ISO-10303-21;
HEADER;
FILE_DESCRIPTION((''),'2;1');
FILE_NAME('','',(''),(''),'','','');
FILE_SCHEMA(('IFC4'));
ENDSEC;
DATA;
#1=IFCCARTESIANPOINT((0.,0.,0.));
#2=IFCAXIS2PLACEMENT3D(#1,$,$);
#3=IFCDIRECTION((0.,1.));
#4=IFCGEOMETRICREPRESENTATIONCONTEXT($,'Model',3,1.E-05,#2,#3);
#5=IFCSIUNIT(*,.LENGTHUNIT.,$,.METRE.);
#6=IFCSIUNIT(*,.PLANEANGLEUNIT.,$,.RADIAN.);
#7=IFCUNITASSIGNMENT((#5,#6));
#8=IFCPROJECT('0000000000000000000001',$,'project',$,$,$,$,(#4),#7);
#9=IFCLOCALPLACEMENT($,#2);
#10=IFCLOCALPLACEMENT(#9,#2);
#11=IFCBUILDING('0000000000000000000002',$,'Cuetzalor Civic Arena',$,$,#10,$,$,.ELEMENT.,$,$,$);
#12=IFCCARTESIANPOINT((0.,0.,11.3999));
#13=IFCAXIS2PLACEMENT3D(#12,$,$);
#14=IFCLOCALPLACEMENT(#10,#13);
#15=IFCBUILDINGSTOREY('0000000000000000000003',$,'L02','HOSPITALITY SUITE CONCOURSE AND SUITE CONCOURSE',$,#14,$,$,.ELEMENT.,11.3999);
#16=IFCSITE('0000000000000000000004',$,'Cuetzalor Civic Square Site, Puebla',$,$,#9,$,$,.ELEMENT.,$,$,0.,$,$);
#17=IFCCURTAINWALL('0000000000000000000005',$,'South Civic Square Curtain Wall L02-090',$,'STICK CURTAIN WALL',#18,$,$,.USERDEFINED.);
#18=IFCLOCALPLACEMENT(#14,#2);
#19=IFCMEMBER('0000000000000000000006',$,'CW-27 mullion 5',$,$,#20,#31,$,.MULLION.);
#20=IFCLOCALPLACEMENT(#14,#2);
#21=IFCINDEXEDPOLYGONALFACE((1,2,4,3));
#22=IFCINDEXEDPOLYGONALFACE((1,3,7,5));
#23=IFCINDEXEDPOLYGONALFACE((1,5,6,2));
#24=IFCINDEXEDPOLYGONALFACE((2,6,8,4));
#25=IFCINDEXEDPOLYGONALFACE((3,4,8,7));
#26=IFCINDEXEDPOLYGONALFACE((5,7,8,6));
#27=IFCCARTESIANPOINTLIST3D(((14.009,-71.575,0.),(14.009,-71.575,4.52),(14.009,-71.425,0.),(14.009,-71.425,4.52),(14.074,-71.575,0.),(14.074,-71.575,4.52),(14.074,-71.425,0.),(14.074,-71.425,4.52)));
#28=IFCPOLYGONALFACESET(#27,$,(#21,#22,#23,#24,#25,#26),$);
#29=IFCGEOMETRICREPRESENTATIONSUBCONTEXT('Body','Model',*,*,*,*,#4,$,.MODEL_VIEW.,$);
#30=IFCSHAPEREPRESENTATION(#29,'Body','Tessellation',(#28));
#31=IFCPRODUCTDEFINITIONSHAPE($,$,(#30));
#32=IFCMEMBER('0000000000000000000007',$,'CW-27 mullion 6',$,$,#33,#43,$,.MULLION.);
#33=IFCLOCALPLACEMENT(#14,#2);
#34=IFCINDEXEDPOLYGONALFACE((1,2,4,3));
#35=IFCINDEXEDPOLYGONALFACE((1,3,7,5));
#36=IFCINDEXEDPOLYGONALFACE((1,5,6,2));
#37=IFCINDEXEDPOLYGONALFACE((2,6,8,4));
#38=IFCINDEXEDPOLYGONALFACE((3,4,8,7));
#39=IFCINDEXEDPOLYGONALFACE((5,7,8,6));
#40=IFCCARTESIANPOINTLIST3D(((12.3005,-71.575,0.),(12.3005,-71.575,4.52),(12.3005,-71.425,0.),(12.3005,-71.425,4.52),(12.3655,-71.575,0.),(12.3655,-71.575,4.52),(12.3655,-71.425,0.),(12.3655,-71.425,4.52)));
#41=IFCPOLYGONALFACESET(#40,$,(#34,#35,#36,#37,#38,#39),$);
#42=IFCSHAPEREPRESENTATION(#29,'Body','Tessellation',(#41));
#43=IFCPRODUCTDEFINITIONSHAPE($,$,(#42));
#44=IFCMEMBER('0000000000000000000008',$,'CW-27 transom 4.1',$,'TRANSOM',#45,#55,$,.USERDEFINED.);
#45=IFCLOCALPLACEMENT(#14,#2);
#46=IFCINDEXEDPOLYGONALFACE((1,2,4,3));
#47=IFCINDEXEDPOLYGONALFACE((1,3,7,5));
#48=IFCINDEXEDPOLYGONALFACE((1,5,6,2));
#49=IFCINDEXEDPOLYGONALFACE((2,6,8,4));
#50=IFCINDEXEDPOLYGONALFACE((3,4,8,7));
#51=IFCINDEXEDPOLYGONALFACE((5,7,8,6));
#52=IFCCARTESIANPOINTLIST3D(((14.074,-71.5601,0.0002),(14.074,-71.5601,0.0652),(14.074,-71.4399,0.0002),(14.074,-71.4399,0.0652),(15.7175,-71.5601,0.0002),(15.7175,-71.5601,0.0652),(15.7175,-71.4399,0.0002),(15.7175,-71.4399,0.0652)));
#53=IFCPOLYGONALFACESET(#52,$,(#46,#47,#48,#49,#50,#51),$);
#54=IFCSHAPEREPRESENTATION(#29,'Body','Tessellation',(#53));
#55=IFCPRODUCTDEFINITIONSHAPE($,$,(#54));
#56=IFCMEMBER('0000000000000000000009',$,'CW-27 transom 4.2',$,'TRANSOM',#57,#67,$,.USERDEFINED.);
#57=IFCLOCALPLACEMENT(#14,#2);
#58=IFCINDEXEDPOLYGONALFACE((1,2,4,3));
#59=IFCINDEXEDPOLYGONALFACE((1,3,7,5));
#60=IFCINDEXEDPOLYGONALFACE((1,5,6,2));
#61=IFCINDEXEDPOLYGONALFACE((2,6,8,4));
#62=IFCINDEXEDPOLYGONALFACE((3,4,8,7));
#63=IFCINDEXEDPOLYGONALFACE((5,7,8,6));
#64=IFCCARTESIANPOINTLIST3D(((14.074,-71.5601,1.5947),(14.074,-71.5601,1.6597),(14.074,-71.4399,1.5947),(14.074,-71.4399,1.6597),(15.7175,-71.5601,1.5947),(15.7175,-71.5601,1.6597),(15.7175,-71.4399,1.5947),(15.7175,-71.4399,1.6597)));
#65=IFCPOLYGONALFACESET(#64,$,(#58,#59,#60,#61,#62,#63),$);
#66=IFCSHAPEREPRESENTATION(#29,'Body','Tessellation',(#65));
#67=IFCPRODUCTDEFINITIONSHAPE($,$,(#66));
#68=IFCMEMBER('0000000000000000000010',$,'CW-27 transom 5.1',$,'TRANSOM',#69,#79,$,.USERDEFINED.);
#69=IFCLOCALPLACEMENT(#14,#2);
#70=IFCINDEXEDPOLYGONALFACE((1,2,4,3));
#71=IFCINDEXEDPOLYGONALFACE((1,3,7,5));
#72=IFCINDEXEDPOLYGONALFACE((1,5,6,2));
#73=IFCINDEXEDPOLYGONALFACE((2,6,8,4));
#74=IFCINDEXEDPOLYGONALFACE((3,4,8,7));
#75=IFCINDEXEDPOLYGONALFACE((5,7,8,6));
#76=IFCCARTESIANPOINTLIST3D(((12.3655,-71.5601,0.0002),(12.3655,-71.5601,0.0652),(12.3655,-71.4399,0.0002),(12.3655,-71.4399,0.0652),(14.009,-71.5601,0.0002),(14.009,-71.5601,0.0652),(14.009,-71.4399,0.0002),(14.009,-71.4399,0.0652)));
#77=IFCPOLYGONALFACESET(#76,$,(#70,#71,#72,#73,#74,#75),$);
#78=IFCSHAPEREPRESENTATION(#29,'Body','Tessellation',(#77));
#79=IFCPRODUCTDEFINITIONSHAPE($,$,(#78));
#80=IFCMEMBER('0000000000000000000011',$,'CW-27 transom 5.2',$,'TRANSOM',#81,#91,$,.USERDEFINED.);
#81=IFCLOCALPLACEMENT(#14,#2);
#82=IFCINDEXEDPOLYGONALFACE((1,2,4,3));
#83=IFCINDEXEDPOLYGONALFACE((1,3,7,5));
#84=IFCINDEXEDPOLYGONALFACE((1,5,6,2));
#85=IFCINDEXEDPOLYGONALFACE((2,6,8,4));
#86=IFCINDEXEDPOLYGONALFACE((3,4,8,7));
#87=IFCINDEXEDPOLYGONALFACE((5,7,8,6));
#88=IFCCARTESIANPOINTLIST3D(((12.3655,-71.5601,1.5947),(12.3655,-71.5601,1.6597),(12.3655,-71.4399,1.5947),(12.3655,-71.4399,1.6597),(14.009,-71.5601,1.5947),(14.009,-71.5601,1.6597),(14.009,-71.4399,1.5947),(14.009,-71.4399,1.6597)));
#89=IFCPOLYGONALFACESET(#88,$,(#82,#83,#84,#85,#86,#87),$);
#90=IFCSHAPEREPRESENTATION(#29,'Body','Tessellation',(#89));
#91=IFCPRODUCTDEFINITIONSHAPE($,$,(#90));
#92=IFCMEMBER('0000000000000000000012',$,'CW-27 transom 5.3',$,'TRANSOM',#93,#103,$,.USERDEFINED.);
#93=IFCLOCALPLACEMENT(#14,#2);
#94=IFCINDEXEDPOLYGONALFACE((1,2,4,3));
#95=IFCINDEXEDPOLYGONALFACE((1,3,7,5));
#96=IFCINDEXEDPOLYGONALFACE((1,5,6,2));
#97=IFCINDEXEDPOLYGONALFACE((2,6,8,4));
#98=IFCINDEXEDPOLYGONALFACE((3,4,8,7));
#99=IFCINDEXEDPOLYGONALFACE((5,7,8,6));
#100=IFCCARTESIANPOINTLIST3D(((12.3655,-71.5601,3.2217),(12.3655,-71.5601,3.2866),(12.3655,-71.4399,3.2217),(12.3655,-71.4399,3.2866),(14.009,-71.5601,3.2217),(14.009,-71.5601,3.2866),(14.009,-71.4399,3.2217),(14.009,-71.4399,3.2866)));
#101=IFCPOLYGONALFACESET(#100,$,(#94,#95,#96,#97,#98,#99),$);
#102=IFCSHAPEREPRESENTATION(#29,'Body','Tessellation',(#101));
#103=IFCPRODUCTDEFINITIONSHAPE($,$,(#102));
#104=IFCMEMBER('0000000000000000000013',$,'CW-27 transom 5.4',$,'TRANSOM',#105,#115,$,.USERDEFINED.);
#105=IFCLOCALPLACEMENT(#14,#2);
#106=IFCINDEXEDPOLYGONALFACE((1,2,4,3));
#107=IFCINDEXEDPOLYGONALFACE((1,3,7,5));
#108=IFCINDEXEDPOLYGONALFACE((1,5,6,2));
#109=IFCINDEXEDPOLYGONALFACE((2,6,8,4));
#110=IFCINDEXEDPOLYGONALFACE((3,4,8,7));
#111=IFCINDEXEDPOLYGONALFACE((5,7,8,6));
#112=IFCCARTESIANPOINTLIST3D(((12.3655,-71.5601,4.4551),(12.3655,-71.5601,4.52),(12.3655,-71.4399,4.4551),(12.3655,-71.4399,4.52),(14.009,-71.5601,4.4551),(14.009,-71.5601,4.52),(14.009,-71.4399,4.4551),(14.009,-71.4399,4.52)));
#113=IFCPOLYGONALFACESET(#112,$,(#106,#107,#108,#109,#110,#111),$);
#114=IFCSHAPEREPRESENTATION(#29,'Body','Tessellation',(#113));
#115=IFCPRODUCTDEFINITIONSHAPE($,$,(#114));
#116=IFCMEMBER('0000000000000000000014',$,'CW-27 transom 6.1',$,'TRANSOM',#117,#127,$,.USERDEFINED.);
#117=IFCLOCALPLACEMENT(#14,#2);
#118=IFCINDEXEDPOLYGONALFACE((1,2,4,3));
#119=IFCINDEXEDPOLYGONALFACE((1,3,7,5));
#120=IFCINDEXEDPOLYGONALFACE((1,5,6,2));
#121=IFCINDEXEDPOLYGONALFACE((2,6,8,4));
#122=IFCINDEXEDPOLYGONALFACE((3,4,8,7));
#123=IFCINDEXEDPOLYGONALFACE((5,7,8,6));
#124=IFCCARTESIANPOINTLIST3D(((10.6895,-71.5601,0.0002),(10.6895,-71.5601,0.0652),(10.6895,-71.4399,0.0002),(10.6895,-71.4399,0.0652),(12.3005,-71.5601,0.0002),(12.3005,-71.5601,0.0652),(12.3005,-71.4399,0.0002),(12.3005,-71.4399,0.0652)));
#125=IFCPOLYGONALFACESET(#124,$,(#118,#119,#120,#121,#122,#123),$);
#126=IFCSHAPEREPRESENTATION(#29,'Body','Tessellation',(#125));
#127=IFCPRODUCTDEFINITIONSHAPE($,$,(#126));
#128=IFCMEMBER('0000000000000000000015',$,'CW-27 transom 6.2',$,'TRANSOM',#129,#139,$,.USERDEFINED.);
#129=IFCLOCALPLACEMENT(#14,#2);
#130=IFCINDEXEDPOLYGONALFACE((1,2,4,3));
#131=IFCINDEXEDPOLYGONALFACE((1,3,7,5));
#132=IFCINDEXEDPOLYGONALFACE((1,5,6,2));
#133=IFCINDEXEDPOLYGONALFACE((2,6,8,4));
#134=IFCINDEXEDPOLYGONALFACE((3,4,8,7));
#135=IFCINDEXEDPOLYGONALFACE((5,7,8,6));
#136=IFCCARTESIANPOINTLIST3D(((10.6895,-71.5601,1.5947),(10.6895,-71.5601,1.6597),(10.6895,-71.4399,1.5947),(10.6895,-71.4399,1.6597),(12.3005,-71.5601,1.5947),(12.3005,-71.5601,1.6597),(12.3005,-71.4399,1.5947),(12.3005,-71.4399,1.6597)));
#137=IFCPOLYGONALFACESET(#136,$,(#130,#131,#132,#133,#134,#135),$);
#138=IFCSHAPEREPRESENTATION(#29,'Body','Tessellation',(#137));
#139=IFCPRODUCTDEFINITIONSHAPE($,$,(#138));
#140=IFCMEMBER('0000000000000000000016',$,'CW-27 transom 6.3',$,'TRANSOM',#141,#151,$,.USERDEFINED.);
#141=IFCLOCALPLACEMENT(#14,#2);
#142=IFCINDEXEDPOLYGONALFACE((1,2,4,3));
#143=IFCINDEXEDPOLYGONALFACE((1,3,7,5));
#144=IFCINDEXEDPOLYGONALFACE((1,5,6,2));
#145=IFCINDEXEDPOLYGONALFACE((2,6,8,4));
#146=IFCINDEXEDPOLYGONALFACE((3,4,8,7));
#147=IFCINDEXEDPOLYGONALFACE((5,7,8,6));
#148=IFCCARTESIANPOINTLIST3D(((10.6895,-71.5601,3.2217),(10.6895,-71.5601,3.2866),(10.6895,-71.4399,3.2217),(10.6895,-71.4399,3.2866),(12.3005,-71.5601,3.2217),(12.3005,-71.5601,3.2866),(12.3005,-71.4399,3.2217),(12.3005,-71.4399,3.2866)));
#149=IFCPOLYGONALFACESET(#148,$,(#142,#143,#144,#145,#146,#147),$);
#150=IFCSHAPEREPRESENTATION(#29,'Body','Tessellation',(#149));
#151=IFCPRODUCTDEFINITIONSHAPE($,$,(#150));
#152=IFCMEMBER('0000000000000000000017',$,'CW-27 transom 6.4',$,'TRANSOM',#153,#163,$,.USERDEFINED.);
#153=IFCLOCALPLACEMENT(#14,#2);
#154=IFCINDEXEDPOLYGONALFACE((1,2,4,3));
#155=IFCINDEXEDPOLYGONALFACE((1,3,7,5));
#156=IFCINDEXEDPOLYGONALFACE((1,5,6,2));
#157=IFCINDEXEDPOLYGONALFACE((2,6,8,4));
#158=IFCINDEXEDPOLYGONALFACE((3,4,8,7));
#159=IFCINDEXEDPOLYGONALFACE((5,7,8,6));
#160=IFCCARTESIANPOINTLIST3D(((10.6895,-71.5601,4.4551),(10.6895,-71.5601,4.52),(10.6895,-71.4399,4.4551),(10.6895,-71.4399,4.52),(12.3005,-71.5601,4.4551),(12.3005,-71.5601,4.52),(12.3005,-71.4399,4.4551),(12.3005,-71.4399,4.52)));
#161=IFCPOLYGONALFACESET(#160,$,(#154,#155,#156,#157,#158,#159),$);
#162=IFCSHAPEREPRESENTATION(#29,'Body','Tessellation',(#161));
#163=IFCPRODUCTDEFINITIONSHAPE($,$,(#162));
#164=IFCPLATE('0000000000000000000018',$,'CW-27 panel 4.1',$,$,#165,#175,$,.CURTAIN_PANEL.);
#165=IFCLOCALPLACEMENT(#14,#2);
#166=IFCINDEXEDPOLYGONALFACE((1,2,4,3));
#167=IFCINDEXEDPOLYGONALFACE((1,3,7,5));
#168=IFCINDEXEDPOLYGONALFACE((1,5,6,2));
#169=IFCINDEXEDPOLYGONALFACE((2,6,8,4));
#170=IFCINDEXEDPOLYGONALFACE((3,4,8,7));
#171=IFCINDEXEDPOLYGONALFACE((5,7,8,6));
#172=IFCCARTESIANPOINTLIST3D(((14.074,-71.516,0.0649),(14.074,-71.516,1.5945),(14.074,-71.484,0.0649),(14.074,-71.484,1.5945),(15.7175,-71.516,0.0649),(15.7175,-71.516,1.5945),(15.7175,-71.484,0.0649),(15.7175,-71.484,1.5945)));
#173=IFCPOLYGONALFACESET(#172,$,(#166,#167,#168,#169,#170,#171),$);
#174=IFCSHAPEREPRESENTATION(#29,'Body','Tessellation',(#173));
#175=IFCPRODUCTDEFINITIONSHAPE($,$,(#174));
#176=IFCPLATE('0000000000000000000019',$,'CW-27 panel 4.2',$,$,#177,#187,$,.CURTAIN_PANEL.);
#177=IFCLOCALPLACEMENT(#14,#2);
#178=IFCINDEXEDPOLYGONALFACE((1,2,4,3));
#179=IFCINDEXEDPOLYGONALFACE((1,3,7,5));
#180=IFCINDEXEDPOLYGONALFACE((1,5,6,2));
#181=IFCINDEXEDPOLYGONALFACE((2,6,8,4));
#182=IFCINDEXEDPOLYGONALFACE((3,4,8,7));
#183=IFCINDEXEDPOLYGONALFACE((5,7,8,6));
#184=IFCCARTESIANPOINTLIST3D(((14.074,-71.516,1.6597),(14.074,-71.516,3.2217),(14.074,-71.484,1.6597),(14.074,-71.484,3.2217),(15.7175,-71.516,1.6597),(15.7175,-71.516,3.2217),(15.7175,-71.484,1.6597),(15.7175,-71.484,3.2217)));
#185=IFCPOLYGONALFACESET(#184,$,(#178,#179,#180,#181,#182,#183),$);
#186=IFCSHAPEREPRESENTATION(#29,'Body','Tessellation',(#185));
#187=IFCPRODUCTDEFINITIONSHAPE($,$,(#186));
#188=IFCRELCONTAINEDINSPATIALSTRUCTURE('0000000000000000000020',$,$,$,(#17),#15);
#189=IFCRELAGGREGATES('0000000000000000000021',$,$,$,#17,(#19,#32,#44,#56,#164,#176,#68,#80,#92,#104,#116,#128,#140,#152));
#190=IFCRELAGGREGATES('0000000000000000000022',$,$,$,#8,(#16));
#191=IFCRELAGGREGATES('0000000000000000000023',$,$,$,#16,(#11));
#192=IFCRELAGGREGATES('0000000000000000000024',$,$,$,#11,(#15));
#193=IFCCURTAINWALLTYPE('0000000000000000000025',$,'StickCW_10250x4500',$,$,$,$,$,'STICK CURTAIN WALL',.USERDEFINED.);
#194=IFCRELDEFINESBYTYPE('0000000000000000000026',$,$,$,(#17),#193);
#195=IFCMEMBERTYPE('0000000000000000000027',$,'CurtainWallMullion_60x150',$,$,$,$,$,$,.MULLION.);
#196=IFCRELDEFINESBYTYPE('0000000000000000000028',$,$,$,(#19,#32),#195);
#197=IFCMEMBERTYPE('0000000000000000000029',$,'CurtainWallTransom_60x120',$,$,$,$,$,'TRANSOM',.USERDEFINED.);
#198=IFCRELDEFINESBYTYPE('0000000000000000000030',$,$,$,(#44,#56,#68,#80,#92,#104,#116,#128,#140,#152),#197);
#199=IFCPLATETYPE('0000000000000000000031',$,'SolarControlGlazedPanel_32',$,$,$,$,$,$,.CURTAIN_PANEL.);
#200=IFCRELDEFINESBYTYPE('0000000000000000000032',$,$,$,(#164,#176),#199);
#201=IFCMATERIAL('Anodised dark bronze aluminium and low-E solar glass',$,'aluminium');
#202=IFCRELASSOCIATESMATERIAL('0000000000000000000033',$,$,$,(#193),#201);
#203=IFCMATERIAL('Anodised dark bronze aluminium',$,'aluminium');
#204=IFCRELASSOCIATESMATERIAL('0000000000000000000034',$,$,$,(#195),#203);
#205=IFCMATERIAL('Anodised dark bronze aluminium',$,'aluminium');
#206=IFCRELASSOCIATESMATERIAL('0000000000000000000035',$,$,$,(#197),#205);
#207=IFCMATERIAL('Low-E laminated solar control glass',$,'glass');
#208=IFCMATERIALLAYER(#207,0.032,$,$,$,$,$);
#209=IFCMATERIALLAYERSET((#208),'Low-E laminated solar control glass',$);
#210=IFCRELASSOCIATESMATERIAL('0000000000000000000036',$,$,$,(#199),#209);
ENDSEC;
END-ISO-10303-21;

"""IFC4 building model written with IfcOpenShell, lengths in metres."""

from ifc_helpers import new_model, si_unit, direction, frame, origin, origin_2d, place, context, subcontext, project, spatial, rectangle, extrude, material, layer, layer_set, material_profile, profile_set, type_object, element, aggregate, save


model = new_model("IFC4")

# Units and contexts
model_context = context("Model", 3, precision=1e-05, world=origin(), true_north=direction((0.0, 1.0)))
body_context = subcontext(model_context, "Body", "Model", "MODEL_VIEW")
ifc_project = project(units=[si_unit("LENGTHUNIT", "METRE"), si_unit("PLANEANGLEUNIT", "RADIAN")], contexts=[model_context])

# Site, building, storey
site_placement = place(None, origin())
site = spatial("IfcSite", under=ifc_project, at=site_placement, Name="Cuetzalor Civic Square Site, Puebla", CompositionType="ELEMENT", RefElevation=0.0)
building_placement = place(site_placement, origin())
building = spatial("IfcBuilding", under=site, at=building_placement, Name="Cuetzalor Civic Arena", CompositionType="ELEMENT")
storey_placement = place(building_placement, frame((0.0, 0.0, 11.3999)))
storey = spatial("IfcBuildingStorey", under=building, at=storey_placement, Name="L02", Description="HOSPITALITY SUITE CONCOURSE AND SUITE CONCOURSE", CompositionType="ELEMENT", Elevation=11.3999)

# Curtain wall, members, plates
ifc_material_1 = material(Name="Anodised dark bronze aluminium and low-E solar glass", Category="aluminium")
curtain_wall_type = type_object("IfcCurtainWallType", Name="StickCW_10250x4500", ElementType="STICK CURTAIN WALL", PredefinedType="USERDEFINED", material=ifc_material_1)
curtain_wall_placement = place(storey_placement, origin())
curtain_wall = element("IfcCurtainWall", 1, at=curtain_wall_placement, inside=storey, type_object=curtain_wall_type, Name="South Civic Square Curtain Wall L02-090", ObjectType="STICK CURTAIN WALL", PredefinedType="USERDEFINED")
ifc_material_2 = material(Name="Anodised dark bronze aluminium", Category="aluminium")
ifc_material_profile_1 = material_profile(ifc_material_2, rectangle(XDim=0.0649, YDim=0.1499, at=origin_2d()), Name="ALU MULLION 65x150")
ifc_profile_set_1 = profile_set([ifc_material_profile_1], Name="Anodised dark bronze aluminium")
member_type_1 = type_object("IfcMemberType", Name="CurtainWallMullion_60x150", PredefinedType="MULLION", material=ifc_profile_set_1)
member_1_placement = place(storey_placement, frame((14.0415, -71.5, 0.0), z_axis=(0.0, 0.0, 1.0), x_axis=(-1.0, 0.0, 0.0)))
member_1 = element("IfcMember", 2, at=member_1_placement, type_object=member_type_1, Name="CW-27 mullion 5", PredefinedType="MULLION", context=body_context, shape_type="SweptSolid", body=[
    extrude(rectangle(XDim=0.0649, YDim=0.1499, at=origin_2d()), origin(), (0.0, 0.0, 1.0), 4.52),
])
member_2_placement = place(storey_placement, frame((12.333, -71.5, 0.0), z_axis=(0.0, 0.0, 1.0), x_axis=(-1.0, 0.0, 0.0)))
member_2 = element("IfcMember", 3, at=member_2_placement, type_object=member_type_1, Name="CW-27 mullion 6", PredefinedType="MULLION", context=body_context, shape_type="SweptSolid", body=[
    extrude(rectangle(XDim=0.0649, YDim=0.1499, at=origin_2d()), origin(), (0.0, 0.0, 1.0), 4.52),
])
ifc_material_3 = material(Name="Anodised dark bronze aluminium", Category="aluminium")
ifc_material_profile_2 = material_profile(ifc_material_3, rectangle(XDim=0.1201, YDim=0.0649, at=origin_2d()), Name="ALU TRANSOM 65x120")
ifc_profile_set_2 = profile_set([ifc_material_profile_2], Name="Anodised dark bronze aluminium")
member_type_2 = type_object("IfcMemberType", Name="CurtainWallTransom_60x120", ElementType="TRANSOM", PredefinedType="USERDEFINED", material=ifc_profile_set_2)
member_3_placement = place(storey_placement, frame((15.7175, -71.5, 0.0327), z_axis=(-1.0, 0.0, 0.0), x_axis=(0.0, -1.0, 0.0)))
member_3 = element("IfcMember", 4, at=member_3_placement, type_object=member_type_2, Name="CW-27 transom 4.1", ObjectType="TRANSOM", PredefinedType="USERDEFINED", context=body_context, shape_type="SweptSolid", body=[
    extrude(rectangle(XDim=0.1201, YDim=0.0649, at=origin_2d()), origin(), (0.0, 0.0, 1.0), 1.6436),
])
member_4_placement = place(storey_placement, frame((15.7175, -71.5, 1.6272), z_axis=(-1.0, 0.0, 0.0), x_axis=(0.0, -1.0, 0.0)))
member_4 = element("IfcMember", 5, at=member_4_placement, type_object=member_type_2, Name="CW-27 transom 4.2", ObjectType="TRANSOM", PredefinedType="USERDEFINED", context=body_context, shape_type="SweptSolid", body=[
    extrude(rectangle(XDim=0.1201, YDim=0.0649, at=origin_2d()), origin(), (0.0, 0.0, 1.0), 1.6436),
])
member_5_placement = place(storey_placement, frame((14.009, -71.5, 0.0327), z_axis=(-1.0, 0.0, 0.0), x_axis=(0.0, -1.0, 0.0)))
member_5 = element("IfcMember", 6, at=member_5_placement, type_object=member_type_2, Name="CW-27 transom 5.1", ObjectType="TRANSOM", PredefinedType="USERDEFINED", context=body_context, shape_type="SweptSolid", body=[
    extrude(rectangle(XDim=0.1201, YDim=0.0649, at=origin_2d()), origin(), (0.0, 0.0, 1.0), 1.6436),
])
member_6_placement = place(storey_placement, frame((14.009, -71.5, 1.6272), z_axis=(-1.0, 0.0, 0.0), x_axis=(0.0, -1.0, 0.0)))
member_6 = element("IfcMember", 7, at=member_6_placement, type_object=member_type_2, Name="CW-27 transom 5.2", ObjectType="TRANSOM", PredefinedType="USERDEFINED", context=body_context, shape_type="SweptSolid", body=[
    extrude(rectangle(XDim=0.1201, YDim=0.0649, at=origin_2d()), origin(), (0.0, 0.0, 1.0), 1.6436),
])
member_7_placement = place(storey_placement, frame((14.009, -71.5, 3.2542), z_axis=(-1.0, 0.0, 0.0), x_axis=(0.0, -1.0, 0.0)))
member_7 = element("IfcMember", 8, at=member_7_placement, type_object=member_type_2, Name="CW-27 transom 5.3", ObjectType="TRANSOM", PredefinedType="USERDEFINED", context=body_context, shape_type="SweptSolid", body=[
    extrude(rectangle(XDim=0.1201, YDim=0.0649, at=origin_2d()), origin(), (0.0, 0.0, 1.0), 1.6436),
])
member_8_placement = place(storey_placement, frame((14.009, -71.5, 4.4875), z_axis=(-1.0, 0.0, 0.0), x_axis=(0.0, -1.0, 0.0)))
member_8 = element("IfcMember", 9, at=member_8_placement, type_object=member_type_2, Name="CW-27 transom 5.4", ObjectType="TRANSOM", PredefinedType="USERDEFINED", context=body_context, shape_type="SweptSolid", body=[
    extrude(rectangle(XDim=0.1201, YDim=0.0649, at=origin_2d()), origin(), (0.0, 0.0, 1.0), 1.6436),
])
member_9_placement = place(storey_placement, frame((12.3005, -71.5, 0.0327), z_axis=(-1.0, 0.0, 0.0), x_axis=(0.0, -1.0, 0.0)))
member_9 = element("IfcMember", 10, at=member_9_placement, type_object=member_type_2, Name="CW-27 transom 6.1", ObjectType="TRANSOM", PredefinedType="USERDEFINED", context=body_context, shape_type="SweptSolid", body=[
    extrude(rectangle(XDim=0.1201, YDim=0.0649, at=origin_2d()), origin(), (0.0, 0.0, 1.0), 1.6111),
])
member_10_placement = place(storey_placement, frame((12.3005, -71.5, 1.6272), z_axis=(-1.0, 0.0, 0.0), x_axis=(0.0, -1.0, 0.0)))
member_10 = element("IfcMember", 11, at=member_10_placement, type_object=member_type_2, Name="CW-27 transom 6.2", ObjectType="TRANSOM", PredefinedType="USERDEFINED", context=body_context, shape_type="SweptSolid", body=[
    extrude(rectangle(XDim=0.1201, YDim=0.0649, at=origin_2d()), origin(), (0.0, 0.0, 1.0), 1.6111),
])
member_11_placement = place(storey_placement, frame((12.3005, -71.5, 3.2542), z_axis=(-1.0, 0.0, 0.0), x_axis=(0.0, -1.0, 0.0)))
member_11 = element("IfcMember", 12, at=member_11_placement, type_object=member_type_2, Name="CW-27 transom 6.3", ObjectType="TRANSOM", PredefinedType="USERDEFINED", context=body_context, shape_type="SweptSolid", body=[
    extrude(rectangle(XDim=0.1201, YDim=0.0649, at=origin_2d()), origin(), (0.0, 0.0, 1.0), 1.6111),
])
member_12_placement = place(storey_placement, frame((12.3005, -71.5, 4.4875), z_axis=(-1.0, 0.0, 0.0), x_axis=(0.0, -1.0, 0.0)))
member_12 = element("IfcMember", 13, at=member_12_placement, type_object=member_type_2, Name="CW-27 transom 6.4", ObjectType="TRANSOM", PredefinedType="USERDEFINED", context=body_context, shape_type="SweptSolid", body=[
    extrude(rectangle(XDim=0.1201, YDim=0.0649, at=origin_2d()), origin(), (0.0, 0.0, 1.0), 1.6111),
])
ifc_material_4 = material(Name="Low-E laminated solar control glass", Category="glass")
ifc_layer = layer(ifc_material_4, 0.032)
ifc_layer_set = layer_set([ifc_layer], Name="Low-E laminated solar control glass")
plate_type = type_object("IfcPlateType", Name="SolarControlGlazedPanel_32", PredefinedType="CURTAIN_PANEL", material=ifc_layer_set)
plate_1_placement = place(storey_placement, frame((14.8958, -71.5, 0.0649), z_axis=(0.0, 0.0, 1.0), x_axis=(-1.0, 0.0, 0.0)))
plate_1 = element("IfcPlate", 14, at=plate_1_placement, type_object=plate_type, Name="CW-27 panel 4.1", PredefinedType="CURTAIN_PANEL", context=body_context, shape_type="SweptSolid", body=[
    extrude(rectangle(XDim=1.6436, YDim=0.032, at=origin_2d()), origin(), (0.0, 0.0, 1.0), 1.5295),
])
plate_2_placement = place(storey_placement, frame((14.8958, -71.5, 1.6597), z_axis=(0.0, 0.0, 1.0), x_axis=(-1.0, 0.0, 0.0)))
plate_2 = element("IfcPlate", 15, at=plate_2_placement, type_object=plate_type, Name="CW-27 panel 4.2", PredefinedType="CURTAIN_PANEL", context=body_context, shape_type="SweptSolid", body=[
    extrude(rectangle(XDim=1.6436, YDim=0.032, at=origin_2d()), origin(), (0.0, 0.0, 1.0), 1.562),
])
aggregate(curtain_wall, [member_1, member_2, member_3, member_4, plate_1, plate_2, member_5, member_6, member_7, member_8, member_9, member_10, member_11, member_12])

save(model, "model.ifc")
